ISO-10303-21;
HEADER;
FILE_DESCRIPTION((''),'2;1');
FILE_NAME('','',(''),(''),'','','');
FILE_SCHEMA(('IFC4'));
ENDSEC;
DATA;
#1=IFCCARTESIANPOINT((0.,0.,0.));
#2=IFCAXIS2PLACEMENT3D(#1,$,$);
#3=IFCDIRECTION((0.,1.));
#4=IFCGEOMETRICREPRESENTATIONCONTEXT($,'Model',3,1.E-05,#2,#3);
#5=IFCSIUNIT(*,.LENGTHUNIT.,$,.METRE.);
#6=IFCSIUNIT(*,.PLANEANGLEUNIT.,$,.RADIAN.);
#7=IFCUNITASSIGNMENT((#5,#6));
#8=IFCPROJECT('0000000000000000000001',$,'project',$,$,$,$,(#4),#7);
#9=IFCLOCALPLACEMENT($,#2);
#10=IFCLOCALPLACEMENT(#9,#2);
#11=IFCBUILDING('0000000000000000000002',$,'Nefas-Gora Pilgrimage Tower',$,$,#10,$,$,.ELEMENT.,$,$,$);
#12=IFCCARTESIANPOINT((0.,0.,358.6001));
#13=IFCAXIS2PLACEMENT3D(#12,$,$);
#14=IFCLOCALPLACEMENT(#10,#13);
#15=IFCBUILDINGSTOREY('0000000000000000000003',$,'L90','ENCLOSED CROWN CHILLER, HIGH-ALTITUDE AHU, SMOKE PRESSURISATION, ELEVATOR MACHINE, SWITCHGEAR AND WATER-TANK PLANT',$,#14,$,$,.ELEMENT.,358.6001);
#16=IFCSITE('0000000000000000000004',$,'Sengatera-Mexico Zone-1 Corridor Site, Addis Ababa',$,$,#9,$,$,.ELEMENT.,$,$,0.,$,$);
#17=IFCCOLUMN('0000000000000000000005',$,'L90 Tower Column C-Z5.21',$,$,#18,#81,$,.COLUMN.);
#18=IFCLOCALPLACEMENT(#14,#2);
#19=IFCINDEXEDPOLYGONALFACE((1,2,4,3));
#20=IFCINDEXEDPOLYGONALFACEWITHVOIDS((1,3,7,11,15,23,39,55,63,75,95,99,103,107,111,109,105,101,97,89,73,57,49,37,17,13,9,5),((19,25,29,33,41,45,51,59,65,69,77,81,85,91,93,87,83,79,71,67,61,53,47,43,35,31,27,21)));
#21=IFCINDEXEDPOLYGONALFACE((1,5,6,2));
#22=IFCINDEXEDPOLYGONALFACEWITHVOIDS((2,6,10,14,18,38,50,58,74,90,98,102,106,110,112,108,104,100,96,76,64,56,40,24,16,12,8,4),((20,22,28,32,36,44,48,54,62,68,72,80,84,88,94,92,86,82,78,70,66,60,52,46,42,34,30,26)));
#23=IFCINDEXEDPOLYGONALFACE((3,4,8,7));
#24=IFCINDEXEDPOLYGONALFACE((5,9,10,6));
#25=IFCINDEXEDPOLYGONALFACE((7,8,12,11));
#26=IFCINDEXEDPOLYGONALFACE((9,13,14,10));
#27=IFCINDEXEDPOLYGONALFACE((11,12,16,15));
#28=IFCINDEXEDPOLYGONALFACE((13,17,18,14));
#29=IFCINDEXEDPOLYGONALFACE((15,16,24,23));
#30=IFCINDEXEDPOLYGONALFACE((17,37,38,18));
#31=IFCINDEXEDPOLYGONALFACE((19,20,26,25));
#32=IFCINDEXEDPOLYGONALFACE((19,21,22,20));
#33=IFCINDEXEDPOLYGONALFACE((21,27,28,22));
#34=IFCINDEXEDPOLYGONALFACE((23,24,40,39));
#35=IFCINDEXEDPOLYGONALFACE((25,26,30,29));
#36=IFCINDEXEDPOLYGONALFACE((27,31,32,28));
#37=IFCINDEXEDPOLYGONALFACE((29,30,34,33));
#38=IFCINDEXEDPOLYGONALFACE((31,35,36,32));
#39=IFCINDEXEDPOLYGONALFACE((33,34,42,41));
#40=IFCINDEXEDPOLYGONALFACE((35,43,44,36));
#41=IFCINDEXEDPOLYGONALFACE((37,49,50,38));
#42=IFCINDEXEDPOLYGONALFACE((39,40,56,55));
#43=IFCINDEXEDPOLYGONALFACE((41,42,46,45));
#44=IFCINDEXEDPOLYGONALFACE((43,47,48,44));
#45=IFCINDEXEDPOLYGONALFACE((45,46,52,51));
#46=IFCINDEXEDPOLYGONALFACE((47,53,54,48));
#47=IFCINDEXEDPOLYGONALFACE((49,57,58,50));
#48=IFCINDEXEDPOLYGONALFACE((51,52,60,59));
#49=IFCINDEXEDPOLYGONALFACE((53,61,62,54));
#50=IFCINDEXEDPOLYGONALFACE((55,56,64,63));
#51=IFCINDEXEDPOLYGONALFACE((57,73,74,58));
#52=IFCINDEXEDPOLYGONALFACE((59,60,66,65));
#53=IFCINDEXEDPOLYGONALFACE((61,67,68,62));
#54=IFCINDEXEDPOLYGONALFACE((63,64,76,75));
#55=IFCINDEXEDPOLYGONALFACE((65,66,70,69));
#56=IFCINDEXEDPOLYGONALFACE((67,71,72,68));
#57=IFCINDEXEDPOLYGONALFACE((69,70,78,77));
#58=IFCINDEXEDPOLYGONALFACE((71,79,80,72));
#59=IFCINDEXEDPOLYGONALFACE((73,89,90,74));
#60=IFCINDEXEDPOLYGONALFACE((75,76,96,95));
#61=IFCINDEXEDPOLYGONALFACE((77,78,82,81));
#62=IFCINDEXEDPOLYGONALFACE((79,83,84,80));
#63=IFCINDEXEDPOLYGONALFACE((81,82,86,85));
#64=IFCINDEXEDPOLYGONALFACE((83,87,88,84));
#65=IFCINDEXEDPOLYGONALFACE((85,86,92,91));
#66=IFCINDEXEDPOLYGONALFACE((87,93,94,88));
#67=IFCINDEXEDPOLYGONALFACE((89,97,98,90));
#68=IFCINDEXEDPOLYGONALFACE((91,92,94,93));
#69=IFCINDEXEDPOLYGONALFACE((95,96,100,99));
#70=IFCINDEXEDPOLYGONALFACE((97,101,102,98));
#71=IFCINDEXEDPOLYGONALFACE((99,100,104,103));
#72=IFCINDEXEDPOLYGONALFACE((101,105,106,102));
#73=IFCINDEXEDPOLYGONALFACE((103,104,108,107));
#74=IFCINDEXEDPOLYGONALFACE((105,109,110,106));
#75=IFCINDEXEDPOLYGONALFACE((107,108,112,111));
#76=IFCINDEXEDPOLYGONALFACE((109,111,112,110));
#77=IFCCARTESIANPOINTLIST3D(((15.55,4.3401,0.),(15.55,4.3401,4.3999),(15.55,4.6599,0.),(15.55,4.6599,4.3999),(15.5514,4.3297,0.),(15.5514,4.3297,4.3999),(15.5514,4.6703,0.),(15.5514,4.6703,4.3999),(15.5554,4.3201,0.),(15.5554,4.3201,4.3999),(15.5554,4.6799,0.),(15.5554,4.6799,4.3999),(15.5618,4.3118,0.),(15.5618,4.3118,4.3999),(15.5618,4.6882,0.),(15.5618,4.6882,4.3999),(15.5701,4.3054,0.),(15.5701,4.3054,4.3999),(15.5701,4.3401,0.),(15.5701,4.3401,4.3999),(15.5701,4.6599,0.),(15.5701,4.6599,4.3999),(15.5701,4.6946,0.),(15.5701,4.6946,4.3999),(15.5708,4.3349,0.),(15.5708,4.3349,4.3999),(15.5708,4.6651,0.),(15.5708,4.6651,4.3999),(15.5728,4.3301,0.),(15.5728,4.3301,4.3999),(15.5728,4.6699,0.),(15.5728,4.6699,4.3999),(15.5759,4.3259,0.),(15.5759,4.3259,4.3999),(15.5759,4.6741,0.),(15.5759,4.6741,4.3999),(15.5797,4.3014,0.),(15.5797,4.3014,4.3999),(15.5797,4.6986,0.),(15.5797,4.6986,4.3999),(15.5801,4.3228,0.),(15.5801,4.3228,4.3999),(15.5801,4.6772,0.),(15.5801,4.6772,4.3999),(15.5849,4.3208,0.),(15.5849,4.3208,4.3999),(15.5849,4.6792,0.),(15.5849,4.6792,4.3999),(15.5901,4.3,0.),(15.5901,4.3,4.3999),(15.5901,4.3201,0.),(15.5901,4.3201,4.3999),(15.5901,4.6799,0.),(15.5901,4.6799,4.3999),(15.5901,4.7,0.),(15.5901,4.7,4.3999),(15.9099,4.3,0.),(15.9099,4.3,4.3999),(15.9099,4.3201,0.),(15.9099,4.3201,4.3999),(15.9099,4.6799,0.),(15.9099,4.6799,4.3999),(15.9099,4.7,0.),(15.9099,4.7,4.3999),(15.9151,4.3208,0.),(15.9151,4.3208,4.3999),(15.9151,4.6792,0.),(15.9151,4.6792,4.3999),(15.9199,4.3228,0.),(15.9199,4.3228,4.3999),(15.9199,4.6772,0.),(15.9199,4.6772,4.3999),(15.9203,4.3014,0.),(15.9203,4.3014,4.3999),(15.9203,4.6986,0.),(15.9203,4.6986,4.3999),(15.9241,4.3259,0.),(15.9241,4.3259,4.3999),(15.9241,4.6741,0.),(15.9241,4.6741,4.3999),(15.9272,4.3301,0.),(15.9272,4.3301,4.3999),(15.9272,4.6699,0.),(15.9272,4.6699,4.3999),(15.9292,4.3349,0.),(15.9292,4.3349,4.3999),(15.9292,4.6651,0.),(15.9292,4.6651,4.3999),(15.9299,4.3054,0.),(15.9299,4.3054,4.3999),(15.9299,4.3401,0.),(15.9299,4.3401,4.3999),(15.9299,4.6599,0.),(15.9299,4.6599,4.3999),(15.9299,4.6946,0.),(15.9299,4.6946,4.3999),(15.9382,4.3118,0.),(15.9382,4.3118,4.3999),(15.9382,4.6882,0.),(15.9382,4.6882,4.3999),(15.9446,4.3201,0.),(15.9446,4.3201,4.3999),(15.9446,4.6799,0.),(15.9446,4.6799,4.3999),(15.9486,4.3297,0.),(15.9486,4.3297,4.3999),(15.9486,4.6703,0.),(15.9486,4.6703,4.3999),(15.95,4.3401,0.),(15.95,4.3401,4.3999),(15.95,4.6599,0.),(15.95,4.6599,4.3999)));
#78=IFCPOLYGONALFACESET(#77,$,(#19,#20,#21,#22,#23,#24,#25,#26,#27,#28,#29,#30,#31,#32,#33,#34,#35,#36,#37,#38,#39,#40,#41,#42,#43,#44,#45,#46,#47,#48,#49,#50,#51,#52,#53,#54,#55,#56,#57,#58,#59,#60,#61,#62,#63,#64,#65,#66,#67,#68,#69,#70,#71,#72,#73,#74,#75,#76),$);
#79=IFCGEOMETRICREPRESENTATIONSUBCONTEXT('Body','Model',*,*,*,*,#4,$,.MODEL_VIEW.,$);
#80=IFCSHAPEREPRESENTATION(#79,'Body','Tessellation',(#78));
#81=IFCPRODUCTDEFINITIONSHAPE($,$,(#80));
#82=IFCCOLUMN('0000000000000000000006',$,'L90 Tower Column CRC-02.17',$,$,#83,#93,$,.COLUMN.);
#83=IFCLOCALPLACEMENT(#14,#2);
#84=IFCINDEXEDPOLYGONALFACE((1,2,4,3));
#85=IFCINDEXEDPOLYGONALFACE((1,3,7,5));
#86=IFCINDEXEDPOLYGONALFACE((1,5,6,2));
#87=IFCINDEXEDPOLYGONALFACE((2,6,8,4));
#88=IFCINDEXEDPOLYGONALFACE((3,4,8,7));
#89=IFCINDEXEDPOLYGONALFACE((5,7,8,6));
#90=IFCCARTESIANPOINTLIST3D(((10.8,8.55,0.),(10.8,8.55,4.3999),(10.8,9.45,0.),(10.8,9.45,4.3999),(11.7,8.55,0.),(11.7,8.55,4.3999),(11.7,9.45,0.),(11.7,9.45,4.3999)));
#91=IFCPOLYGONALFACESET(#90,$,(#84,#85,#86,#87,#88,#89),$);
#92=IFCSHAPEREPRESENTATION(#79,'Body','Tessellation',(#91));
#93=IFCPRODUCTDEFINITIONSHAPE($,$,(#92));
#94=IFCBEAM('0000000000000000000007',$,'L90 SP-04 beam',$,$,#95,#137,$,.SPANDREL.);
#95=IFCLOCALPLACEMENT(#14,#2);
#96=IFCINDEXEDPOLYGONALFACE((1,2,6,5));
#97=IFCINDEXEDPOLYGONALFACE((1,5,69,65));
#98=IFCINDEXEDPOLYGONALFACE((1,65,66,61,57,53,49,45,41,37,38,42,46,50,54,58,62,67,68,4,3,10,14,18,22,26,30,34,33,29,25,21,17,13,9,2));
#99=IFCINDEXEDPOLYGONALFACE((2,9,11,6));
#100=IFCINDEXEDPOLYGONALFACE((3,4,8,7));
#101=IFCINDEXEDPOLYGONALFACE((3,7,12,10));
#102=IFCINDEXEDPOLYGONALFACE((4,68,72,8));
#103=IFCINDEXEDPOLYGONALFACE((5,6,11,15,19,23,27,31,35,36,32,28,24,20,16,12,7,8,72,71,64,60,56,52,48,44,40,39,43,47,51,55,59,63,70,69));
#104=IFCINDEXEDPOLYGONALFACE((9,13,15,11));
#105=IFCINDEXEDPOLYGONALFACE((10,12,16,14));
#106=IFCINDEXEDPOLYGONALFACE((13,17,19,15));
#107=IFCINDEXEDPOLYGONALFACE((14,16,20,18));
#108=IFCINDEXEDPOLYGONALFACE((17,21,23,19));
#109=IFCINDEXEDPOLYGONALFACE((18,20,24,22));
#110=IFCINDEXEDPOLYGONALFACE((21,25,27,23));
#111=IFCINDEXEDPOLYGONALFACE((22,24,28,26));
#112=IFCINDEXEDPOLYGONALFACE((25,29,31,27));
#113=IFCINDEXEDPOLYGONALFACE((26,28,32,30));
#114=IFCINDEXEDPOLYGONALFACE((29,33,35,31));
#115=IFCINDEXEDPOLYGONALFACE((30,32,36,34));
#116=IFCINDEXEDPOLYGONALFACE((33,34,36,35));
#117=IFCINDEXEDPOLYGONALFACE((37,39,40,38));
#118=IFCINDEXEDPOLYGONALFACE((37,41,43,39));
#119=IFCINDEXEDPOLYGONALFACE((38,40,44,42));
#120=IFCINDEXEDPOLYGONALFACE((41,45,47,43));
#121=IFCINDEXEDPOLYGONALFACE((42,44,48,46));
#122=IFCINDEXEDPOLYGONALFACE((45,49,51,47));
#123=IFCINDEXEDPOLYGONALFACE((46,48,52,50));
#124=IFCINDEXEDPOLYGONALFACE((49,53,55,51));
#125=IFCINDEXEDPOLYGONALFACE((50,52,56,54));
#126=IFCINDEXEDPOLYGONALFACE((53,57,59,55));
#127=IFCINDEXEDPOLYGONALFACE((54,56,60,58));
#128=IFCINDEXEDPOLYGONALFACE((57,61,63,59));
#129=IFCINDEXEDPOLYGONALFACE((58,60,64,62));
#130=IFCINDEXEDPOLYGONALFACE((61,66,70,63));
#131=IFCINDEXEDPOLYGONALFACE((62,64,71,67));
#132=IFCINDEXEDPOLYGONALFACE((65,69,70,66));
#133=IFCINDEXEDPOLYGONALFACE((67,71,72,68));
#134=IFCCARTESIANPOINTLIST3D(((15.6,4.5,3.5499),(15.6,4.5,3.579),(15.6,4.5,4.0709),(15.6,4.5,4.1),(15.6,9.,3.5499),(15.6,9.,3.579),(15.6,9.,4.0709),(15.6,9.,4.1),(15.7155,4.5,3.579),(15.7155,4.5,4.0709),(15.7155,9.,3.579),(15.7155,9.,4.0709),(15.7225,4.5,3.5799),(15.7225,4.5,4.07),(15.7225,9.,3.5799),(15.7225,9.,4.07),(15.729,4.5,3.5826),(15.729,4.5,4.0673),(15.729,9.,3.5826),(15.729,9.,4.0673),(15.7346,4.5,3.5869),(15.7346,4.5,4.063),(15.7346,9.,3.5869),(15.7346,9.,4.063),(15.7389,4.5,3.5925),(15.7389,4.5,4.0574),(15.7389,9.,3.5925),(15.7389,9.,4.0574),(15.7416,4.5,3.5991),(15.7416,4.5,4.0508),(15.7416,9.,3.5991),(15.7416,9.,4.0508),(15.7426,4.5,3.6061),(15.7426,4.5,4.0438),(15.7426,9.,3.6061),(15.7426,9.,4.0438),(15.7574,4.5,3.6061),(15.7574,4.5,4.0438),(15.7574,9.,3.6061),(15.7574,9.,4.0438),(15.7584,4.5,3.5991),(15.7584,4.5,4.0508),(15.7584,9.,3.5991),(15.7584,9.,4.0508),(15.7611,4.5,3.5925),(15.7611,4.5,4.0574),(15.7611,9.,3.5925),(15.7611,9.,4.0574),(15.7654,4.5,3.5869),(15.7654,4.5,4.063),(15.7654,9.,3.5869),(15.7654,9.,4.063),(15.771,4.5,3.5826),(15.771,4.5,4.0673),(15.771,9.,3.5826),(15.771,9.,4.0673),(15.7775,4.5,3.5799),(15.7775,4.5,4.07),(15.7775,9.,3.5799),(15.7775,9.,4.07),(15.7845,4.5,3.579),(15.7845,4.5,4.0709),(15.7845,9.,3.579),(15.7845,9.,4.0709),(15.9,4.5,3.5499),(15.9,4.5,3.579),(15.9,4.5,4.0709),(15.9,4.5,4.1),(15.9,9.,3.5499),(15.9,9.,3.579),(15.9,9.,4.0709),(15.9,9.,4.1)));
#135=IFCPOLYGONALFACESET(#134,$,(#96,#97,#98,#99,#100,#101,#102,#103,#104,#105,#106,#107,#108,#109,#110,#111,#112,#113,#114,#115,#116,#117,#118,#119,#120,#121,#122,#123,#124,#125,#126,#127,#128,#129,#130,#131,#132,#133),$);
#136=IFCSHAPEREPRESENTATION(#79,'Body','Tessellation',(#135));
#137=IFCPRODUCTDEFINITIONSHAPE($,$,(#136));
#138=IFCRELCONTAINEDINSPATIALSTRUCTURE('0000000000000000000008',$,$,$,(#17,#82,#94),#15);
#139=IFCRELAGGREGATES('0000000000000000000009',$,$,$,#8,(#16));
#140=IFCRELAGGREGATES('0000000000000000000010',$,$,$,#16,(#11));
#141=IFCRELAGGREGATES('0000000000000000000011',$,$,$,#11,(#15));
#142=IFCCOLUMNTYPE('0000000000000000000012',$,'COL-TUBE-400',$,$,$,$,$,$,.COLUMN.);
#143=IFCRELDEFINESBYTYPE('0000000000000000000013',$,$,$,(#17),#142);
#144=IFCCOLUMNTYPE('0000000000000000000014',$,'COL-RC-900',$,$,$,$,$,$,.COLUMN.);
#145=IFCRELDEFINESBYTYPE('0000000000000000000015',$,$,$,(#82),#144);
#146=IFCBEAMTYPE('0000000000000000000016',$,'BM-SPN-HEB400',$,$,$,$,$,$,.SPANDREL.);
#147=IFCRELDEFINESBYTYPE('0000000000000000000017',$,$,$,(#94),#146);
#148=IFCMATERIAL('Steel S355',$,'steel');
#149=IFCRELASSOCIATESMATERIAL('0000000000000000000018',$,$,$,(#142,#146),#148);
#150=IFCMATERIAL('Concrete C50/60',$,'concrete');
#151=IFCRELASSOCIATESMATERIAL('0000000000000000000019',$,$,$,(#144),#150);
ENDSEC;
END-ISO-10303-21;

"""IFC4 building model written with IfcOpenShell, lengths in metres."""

from ifc_helpers import new_model, si_unit, direction, frame, origin, origin_2d, place, context, subcontext, project, spatial, rectangle, hollow_rectangle, i_section, extrude, source, transform, mapped, material, material_profile, profile_set, type_object, element, save


model = new_model("IFC4")

# Units and contexts
model_context = context("Model", 3, precision=1e-05, world=origin(), true_north=direction((0.0, 1.0)))
body_context = subcontext(model_context, "Body", "Model", "MODEL_VIEW")
ifc_project = project(units=[si_unit("LENGTHUNIT", "METRE"), si_unit("PLANEANGLEUNIT", "RADIAN")], contexts=[model_context])

# Site, building, storey
site_placement = place(None, origin())
site = spatial("IfcSite", under=ifc_project, at=site_placement, Name="Sengatera-Mexico Zone-1 Corridor Site, Addis Ababa", CompositionType="ELEMENT", RefElevation=0.0)
building_placement = place(site_placement, origin())
building = spatial("IfcBuilding", under=site, at=building_placement, Name="Nefas-Gora Pilgrimage Tower", CompositionType="ELEMENT")
storey_placement = place(building_placement, frame((0.0, 0.0, 358.6001)))
storey = spatial("IfcBuildingStorey", under=building, at=storey_placement, Name="L90", Description="ENCLOSED CROWN CHILLER, HIGH-ALTITUDE AHU, SMOKE PRESSURISATION, ELEVATOR MACHINE, SWITCHGEAR AND WATER-TANK PLANT", CompositionType="ELEMENT", Elevation=358.6001)

# Columns
ifc_material_1 = material(Name="Steel S355", Category="steel")
ifc_material_profile_1 = material_profile(ifc_material_1, hollow_rectangle(XDim=0.3999, YDim=0.3999, WallThickness=0.02, InnerFilletRadius=0.02, OuterFilletRadius=0.04, at=origin_2d()), Name="SHS 400x400x20")
ifc_profile_set_1 = profile_set([ifc_material_profile_1], Name="Steel S355")
column_type_1 = type_object("IfcColumnType", Name="COL-TUBE-400", PredefinedType="COLUMN", material=ifc_profile_set_1)
shared_shape_1 = source(origin(), body_context, "Body", "SweptSolid", [
    extrude(hollow_rectangle(XDim=0.3999, YDim=0.3999, WallThickness=0.02, InnerFilletRadius=0.02, OuterFilletRadius=0.04, at=origin_2d()), origin(), (0.0, 0.0, 1.0), 4.3999),
])
column_1_placement = place(storey_placement, frame((15.75, 4.5, 0.0), z_axis=(0.0, 0.0, 1.0), x_axis=(1.0, 0.0, 0.0)))
element("IfcColumn", 1, at=column_1_placement, inside=storey, type_object=column_type_1, Name="L90 Tower Column C-Z5.21", PredefinedType="COLUMN", context=body_context, shape_type="MappedRepresentation", body=[
    mapped(shared_shape_1, transform((0.0, 0.0, 0.0), x_axis=(1.0, 0.0, 0.0), y_axis=(0.0, 1.0, 0.0), z_axis=(0.0, 0.0, 1.0), scale=1.0)),
])
ifc_material_2 = material(Name="Concrete C50/60", Category="concrete")
ifc_material_profile_2 = material_profile(ifc_material_2, rectangle(XDim=0.8999, YDim=0.8999, at=origin_2d()), Name="RC 900x900")
ifc_profile_set_2 = profile_set([ifc_material_profile_2], Name="Concrete C50/60")
column_type_2 = type_object("IfcColumnType", Name="COL-RC-900", PredefinedType="COLUMN", material=ifc_profile_set_2)
shared_shape_2 = source(origin(), body_context, "Body", "SweptSolid", [
    extrude(rectangle(XDim=0.8999, YDim=0.8999, at=origin_2d()), origin(), (0.0, 0.0, 1.0), 4.3999),
])
column_2_placement = place(storey_placement, frame((11.25, 9.0, 0.0), z_axis=(0.0, 0.0, 1.0), x_axis=(1.0, 0.0, 0.0)))
element("IfcColumn", 2, at=column_2_placement, inside=storey, type_object=column_type_2, Name="L90 Tower Column CRC-02.17", PredefinedType="COLUMN", context=body_context, shape_type="MappedRepresentation", body=[
    mapped(shared_shape_2, transform((0.0, 0.0, 0.0), x_axis=(1.0, 0.0, 0.0), y_axis=(0.0, 1.0, 0.0), z_axis=(0.0, 0.0, 1.0), scale=1.0)),
])

# Beam
ifc_material_profile_3 = material_profile(ifc_material_1, i_section(OverallWidth=0.3, OverallDepth=0.55, WebThickness=0.0149, FlangeThickness=0.0291, FilletRadius=0.0271, at=origin_2d()), Name="HEB 550")
ifc_profile_set_3 = profile_set([ifc_material_profile_3], Name="Steel S355")
beam_type = type_object("IfcBeamType", Name="BM-SPN-HEB400", PredefinedType="SPANDREL", material=ifc_profile_set_3)
shared_shape_3 = source(origin(), body_context, "Body", "SweptSolid", [
    extrude(i_section(OverallWidth=0.3, OverallDepth=0.55, WebThickness=0.0149, FlangeThickness=0.0291, FilletRadius=0.0271, at=origin_2d()), origin(), (0.0, 0.0, 1.0), 4.5),
])
beam_placement = place(storey_placement, frame((15.75, 4.5, 3.825), z_axis=(0.0, 1.0, 0.0), x_axis=(-1.0, 0.0, 0.0)))
element("IfcBeam", 3, at=beam_placement, inside=storey, type_object=beam_type, Name="L90 SP-04 beam", PredefinedType="SPANDREL", context=body_context, shape_type="MappedRepresentation", body=[
    mapped(shared_shape_3, transform((0.0, 0.0, 0.0), x_axis=(1.0, 0.0, 0.0), y_axis=(0.0, 1.0, 0.0), z_axis=(0.0, 0.0, 1.0), scale=1.0)),
])

save(model, "model.ifc")
